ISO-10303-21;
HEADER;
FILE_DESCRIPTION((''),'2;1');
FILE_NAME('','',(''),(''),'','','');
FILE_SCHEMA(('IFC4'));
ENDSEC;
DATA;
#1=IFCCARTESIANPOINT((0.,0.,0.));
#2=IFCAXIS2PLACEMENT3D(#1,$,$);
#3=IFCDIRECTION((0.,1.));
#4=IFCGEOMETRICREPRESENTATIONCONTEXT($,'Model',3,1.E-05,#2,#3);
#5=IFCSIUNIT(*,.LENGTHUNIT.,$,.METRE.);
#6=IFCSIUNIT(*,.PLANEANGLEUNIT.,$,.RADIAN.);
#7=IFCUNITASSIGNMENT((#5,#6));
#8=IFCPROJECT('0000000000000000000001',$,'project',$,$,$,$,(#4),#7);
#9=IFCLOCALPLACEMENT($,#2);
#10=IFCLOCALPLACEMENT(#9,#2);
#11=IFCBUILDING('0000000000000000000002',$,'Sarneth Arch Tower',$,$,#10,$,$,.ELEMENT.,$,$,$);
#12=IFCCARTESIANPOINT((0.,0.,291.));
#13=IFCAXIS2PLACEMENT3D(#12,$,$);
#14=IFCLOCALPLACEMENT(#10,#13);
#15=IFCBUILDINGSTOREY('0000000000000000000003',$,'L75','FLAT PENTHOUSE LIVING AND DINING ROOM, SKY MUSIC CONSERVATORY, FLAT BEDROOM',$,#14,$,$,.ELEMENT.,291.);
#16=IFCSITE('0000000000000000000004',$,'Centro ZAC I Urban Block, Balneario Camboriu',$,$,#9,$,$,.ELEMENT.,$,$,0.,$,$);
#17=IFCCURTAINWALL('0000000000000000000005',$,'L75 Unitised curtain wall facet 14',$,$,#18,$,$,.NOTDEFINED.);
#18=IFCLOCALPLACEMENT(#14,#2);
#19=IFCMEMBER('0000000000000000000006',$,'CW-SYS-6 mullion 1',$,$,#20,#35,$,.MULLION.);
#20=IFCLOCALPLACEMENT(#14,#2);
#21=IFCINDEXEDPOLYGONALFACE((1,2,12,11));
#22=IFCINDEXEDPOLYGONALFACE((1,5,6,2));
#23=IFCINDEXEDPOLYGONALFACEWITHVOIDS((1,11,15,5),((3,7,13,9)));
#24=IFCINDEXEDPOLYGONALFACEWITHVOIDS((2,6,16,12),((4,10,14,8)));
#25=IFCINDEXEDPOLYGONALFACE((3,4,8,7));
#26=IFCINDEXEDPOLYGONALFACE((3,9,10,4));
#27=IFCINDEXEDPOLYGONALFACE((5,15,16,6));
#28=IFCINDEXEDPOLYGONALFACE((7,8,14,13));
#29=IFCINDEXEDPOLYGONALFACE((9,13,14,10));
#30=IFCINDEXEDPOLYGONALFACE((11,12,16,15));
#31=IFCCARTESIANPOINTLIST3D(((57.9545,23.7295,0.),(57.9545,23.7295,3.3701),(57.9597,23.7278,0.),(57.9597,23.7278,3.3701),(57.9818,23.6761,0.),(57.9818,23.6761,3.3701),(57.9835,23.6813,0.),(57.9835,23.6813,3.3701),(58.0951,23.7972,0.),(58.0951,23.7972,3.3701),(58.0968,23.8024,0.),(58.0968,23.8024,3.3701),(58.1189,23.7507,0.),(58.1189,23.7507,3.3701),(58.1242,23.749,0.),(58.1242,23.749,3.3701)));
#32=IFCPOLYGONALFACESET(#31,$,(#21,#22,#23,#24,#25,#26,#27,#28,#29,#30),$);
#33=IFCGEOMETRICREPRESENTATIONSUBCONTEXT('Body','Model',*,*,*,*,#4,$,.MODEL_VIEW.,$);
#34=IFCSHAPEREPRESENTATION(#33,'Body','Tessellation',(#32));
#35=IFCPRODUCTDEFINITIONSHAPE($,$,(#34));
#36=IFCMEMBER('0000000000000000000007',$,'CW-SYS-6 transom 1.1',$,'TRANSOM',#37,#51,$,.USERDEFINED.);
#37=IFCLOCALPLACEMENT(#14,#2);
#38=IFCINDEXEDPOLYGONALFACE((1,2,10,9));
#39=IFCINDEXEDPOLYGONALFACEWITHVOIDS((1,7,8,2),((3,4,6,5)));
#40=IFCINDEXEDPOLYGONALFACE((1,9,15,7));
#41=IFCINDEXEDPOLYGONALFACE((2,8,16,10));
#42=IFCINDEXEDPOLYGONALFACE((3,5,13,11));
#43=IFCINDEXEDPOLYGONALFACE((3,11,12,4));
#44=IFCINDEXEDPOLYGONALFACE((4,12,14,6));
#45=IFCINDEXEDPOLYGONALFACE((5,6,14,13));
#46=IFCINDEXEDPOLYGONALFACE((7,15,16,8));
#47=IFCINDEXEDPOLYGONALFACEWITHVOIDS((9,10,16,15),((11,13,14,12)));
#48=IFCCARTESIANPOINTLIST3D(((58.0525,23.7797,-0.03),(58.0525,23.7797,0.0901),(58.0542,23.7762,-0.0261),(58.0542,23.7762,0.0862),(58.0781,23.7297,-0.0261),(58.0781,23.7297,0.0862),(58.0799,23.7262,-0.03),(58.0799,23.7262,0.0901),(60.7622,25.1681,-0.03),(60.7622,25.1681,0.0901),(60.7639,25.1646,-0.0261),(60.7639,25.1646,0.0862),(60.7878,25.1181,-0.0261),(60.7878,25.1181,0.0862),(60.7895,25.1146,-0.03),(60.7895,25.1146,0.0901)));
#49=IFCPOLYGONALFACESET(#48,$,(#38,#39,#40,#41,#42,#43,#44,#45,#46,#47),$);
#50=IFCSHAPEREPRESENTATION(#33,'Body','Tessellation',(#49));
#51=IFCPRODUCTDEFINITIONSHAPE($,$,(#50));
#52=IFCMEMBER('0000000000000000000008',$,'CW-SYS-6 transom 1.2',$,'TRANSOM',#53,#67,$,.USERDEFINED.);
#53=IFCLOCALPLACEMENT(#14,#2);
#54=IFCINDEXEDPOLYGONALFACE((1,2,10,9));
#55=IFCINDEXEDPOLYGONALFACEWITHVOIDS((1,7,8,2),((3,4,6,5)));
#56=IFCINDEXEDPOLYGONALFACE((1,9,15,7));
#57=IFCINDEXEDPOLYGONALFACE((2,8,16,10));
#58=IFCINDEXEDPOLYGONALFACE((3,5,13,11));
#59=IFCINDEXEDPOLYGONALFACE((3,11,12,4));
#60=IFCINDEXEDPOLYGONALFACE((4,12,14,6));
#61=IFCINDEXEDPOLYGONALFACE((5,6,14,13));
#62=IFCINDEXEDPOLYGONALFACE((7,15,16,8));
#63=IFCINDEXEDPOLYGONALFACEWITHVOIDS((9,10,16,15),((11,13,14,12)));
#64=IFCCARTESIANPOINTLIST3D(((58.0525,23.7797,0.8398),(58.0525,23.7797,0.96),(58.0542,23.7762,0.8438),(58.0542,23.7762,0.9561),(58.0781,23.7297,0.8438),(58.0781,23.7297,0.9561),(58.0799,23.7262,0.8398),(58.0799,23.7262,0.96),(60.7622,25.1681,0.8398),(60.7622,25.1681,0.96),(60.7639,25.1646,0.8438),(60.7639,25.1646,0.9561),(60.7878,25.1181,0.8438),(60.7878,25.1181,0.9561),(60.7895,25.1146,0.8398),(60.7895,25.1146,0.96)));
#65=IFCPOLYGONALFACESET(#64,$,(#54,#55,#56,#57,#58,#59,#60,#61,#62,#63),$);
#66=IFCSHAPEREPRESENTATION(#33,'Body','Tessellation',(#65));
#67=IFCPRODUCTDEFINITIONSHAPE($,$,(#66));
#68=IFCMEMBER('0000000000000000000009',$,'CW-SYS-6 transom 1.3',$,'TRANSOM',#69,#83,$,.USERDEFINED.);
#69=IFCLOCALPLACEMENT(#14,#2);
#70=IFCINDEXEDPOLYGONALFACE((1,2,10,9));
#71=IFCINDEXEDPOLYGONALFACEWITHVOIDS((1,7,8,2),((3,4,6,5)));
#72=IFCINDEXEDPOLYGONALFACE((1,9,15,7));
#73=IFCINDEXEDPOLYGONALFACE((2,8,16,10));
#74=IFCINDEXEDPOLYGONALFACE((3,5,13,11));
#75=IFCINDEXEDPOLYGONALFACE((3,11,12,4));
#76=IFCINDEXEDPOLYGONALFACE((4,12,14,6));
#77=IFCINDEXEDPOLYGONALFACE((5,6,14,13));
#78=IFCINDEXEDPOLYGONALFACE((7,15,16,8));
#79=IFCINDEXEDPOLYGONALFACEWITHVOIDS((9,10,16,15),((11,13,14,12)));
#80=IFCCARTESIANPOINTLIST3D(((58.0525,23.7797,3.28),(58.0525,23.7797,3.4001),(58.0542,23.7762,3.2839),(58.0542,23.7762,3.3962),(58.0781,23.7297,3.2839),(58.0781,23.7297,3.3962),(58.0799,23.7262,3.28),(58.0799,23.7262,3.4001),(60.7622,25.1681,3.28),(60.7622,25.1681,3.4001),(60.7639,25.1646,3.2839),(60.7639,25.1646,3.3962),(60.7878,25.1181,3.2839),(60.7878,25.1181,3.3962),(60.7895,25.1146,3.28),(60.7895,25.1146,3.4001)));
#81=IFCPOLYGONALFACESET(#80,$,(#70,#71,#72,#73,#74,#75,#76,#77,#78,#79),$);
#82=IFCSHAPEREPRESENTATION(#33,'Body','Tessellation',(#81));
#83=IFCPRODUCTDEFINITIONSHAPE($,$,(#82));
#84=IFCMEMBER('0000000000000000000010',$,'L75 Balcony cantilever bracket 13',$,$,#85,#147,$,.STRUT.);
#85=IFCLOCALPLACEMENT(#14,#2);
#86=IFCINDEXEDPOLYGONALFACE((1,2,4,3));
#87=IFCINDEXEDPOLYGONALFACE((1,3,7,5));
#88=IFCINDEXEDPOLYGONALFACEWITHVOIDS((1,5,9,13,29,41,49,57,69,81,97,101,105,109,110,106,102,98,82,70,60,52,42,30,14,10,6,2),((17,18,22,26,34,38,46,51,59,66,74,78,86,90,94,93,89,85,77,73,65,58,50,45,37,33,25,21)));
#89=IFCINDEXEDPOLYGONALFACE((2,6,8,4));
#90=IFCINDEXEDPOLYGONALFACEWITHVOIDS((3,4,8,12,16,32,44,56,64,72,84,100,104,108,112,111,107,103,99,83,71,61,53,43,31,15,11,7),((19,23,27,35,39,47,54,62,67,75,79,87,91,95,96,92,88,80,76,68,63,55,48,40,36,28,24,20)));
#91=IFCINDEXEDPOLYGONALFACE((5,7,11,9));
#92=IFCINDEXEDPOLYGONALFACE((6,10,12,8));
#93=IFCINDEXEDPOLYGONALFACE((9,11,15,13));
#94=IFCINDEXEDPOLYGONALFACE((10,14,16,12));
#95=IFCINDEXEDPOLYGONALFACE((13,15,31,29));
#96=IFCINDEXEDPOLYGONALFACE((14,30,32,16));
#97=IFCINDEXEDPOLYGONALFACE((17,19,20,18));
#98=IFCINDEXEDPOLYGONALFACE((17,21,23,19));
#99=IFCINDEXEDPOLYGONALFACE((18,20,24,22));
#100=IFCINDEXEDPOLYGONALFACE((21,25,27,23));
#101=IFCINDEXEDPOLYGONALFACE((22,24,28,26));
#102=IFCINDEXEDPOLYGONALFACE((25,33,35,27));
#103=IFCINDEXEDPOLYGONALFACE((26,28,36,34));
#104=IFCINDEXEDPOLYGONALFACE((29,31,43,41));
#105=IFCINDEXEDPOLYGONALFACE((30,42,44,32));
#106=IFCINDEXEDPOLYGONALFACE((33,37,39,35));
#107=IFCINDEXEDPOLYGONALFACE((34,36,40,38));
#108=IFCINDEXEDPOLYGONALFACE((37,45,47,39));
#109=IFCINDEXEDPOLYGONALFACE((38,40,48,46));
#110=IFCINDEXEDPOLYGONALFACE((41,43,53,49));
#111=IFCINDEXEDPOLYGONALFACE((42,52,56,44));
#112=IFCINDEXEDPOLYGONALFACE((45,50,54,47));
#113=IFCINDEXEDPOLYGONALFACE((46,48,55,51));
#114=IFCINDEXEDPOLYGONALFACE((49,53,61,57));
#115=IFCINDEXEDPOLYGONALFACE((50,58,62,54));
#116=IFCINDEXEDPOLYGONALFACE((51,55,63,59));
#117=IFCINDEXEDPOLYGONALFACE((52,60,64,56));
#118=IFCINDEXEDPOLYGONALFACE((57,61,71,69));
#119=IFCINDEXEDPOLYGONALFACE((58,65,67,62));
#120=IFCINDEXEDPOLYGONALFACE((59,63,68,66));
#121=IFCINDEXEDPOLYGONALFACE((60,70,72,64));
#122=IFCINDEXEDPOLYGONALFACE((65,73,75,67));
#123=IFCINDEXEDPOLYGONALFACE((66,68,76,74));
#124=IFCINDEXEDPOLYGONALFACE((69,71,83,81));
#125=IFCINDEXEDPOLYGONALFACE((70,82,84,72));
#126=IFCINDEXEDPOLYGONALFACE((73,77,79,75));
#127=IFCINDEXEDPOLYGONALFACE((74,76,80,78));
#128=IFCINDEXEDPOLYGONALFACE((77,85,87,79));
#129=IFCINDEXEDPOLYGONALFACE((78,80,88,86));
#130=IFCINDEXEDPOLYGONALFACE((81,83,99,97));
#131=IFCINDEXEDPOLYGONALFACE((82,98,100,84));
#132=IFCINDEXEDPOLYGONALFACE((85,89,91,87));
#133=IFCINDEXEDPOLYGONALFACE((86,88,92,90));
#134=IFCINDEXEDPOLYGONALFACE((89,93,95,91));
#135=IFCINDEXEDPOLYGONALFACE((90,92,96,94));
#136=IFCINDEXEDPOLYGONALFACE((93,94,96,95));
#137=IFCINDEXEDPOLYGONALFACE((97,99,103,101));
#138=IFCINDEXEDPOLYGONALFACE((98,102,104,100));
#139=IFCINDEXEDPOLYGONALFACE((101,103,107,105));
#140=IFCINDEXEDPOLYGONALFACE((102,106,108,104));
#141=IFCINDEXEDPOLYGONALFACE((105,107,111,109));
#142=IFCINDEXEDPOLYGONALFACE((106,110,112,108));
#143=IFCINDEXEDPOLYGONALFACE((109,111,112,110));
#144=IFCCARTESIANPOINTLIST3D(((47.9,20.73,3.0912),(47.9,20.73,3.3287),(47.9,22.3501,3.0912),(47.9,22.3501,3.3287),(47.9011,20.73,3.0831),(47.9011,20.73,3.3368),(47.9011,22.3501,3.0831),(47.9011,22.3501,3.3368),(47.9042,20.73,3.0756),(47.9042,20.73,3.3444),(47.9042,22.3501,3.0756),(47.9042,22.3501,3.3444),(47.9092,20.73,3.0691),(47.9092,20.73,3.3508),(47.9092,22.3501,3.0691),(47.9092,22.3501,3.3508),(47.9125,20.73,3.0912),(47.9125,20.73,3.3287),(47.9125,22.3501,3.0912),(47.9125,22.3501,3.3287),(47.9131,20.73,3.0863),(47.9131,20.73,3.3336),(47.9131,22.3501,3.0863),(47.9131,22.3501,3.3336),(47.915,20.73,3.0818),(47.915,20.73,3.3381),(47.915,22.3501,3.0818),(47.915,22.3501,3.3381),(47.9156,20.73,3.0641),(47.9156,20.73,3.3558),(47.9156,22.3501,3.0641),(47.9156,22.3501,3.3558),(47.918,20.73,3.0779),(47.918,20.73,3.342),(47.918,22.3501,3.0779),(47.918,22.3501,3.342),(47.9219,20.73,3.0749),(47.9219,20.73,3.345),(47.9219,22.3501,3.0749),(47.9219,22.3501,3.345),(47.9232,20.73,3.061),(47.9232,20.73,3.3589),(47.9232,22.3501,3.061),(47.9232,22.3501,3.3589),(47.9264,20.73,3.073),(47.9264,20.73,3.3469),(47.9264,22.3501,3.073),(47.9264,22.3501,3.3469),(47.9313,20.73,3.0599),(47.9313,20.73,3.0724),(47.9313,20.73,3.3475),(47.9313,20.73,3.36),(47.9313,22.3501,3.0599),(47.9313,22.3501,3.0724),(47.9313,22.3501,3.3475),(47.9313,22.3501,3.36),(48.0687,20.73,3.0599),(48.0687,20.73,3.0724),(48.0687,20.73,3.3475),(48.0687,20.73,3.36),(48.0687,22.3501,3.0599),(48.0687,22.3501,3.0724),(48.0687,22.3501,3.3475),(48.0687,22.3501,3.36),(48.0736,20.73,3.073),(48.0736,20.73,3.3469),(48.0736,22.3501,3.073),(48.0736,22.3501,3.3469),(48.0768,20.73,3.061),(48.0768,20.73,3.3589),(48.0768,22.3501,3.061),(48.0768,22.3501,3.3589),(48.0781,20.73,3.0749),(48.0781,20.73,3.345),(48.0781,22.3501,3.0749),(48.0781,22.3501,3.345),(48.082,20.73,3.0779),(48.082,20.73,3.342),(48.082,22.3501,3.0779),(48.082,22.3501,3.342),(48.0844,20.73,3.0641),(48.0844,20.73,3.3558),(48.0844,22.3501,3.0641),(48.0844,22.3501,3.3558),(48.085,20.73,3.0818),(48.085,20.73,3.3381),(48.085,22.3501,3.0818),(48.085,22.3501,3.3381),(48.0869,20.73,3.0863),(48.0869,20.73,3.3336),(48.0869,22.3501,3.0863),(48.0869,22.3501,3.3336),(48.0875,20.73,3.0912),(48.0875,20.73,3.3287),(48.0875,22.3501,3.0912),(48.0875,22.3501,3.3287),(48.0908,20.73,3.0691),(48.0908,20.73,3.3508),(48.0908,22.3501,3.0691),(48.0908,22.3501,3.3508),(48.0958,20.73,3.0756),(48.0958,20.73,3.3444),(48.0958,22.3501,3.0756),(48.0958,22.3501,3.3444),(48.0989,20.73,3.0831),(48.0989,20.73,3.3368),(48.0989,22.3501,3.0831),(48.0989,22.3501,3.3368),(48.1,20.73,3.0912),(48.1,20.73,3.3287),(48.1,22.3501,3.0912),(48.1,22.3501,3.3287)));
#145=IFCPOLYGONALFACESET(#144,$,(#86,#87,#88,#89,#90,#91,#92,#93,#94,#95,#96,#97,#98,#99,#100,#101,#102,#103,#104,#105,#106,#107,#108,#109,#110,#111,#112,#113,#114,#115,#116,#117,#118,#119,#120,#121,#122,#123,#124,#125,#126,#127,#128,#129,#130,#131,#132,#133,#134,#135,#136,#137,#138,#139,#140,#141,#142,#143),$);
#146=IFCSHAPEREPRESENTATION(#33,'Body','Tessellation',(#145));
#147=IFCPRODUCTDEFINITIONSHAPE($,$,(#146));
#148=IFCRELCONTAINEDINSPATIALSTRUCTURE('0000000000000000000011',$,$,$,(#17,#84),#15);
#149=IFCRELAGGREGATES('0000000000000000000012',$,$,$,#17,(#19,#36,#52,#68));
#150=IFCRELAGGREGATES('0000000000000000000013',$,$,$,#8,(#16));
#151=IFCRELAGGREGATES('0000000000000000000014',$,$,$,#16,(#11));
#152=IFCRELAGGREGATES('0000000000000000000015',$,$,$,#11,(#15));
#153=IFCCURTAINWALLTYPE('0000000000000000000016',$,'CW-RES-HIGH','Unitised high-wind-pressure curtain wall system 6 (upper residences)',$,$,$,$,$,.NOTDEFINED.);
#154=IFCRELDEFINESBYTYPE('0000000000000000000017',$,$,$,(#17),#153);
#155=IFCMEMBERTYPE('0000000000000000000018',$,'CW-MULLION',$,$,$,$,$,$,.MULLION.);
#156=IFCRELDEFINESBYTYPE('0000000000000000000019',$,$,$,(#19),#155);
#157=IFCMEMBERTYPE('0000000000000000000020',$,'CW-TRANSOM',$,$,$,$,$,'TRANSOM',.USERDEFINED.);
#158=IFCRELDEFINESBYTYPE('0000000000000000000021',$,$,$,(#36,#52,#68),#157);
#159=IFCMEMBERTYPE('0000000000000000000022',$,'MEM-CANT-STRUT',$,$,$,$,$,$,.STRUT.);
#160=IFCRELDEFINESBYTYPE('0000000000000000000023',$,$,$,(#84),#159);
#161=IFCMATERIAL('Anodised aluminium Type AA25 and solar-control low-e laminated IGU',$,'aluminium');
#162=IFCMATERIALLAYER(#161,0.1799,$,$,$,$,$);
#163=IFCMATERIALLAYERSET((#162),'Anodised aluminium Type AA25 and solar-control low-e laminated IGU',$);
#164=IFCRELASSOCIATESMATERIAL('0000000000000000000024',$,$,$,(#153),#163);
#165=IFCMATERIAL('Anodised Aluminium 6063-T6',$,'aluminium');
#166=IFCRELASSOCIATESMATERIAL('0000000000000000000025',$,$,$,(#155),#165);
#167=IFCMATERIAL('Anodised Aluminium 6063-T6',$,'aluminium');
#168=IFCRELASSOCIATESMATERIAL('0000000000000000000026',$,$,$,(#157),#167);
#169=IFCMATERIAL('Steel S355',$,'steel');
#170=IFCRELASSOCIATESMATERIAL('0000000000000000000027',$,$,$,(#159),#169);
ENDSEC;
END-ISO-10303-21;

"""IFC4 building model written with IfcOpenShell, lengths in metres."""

from ifc_helpers import new_model, si_unit, direction, frame, origin, origin_2d, place, context, subcontext, project, spatial, hollow_rectangle, extrude, material, layer, layer_set, material_profile, profile_set, type_object, element, aggregate, save


model = new_model("IFC4")

# Units and contexts
model_context = context("Model", 3, precision=1e-05, world=origin(), true_north=direction((0.0, 1.0)))
body_context = subcontext(model_context, "Body", "Model", "MODEL_VIEW")
ifc_project = project(units=[si_unit("LENGTHUNIT", "METRE"), si_unit("PLANEANGLEUNIT", "RADIAN")], contexts=[model_context])

# Site, building, storey
site_placement = place(None, origin())
site = spatial("IfcSite", under=ifc_project, at=site_placement, Name="Centro ZAC I Urban Block, Balneario Camboriu", CompositionType="ELEMENT", RefElevation=0.0)
building_placement = place(site_placement, origin())
building = spatial("IfcBuilding", under=site, at=building_placement, Name="Sarneth Arch Tower", CompositionType="ELEMENT")
storey_placement = place(building_placement, frame((0.0, 0.0, 291.0)))
storey = spatial("IfcBuildingStorey", under=building, at=storey_placement, Name="L75", Description="FLAT PENTHOUSE LIVING AND DINING ROOM, SKY MUSIC CONSERVATORY, FLAT BEDROOM", CompositionType="ELEMENT", Elevation=291.0)

# Curtain wall, members
ifc_material_1 = material(Name="Anodised aluminium Type AA25 and solar-control low-e laminated IGU", Category="aluminium")
ifc_layer_1 = layer(ifc_material_1, 0.1799)
ifc_layer_set_1 = layer_set([ifc_layer_1], Name="Anodised aluminium Type AA25 and solar-control low-e laminated IGU")
curtain_wall_type = type_object("IfcCurtainWallType", Name="CW-RES-HIGH", Description="Unitised high-wind-pressure curtain wall system 6 (upper residences)", PredefinedType="NOTDEFINED", material=ifc_layer_set_1)
curtain_wall_placement = place(storey_placement, origin())
curtain_wall = element("IfcCurtainWall", 1, at=curtain_wall_placement, inside=storey, type_object=curtain_wall_type, Name="L75 Unitised curtain wall facet 14", PredefinedType="NOTDEFINED")
ifc_material_2 = material(Name="Anodised Aluminium 6063-T6", Category="aluminium")
ifc_material_profile_1 = material_profile(ifc_material_2, hollow_rectangle(XDim=0.0601, YDim=0.1599, WallThickness=0.0039, at=origin_2d()), Name="AL-MULL-160x60x4")
ifc_profile_set_1 = profile_set([ifc_material_profile_1], Name="Anodised Aluminium 6063-T6")
member_type_1 = type_object("IfcMemberType", Name="CW-MULLION", PredefinedType="MULLION", material=ifc_profile_set_1)
member_1_placement = place(storey_placement, frame((58.0393, 23.7393, 0.0), z_axis=(0.0, 0.0, 1.0), x_axis=(-0.455942, 0.89001, 0.0)))
member_1 = element("IfcMember", 2, at=member_1_placement, type_object=member_type_1, Name="CW-SYS-6 mullion 1", PredefinedType="MULLION", context=body_context, shape_type="SweptSolid", body=[
    extrude(hollow_rectangle(XDim=0.0601, YDim=0.1599, WallThickness=0.0039, at=origin_2d()), origin(), (0.0, 0.0, 1.0), 3.3701),
])
ifc_material_3 = material(Name="Anodised Aluminium 6063-T6", Category="aluminium")
ifc_material_profile_2 = material_profile(ifc_material_3, hollow_rectangle(XDim=0.0601, YDim=0.1201, WallThickness=0.0039, at=origin_2d()), Name="AL-TRAN-120x60x4")
ifc_profile_set_2 = profile_set([ifc_material_profile_2], Name="Anodised Aluminium 6063-T6")
member_type_2 = type_object("IfcMemberType", Name="CW-TRANSOM", ElementType="TRANSOM", PredefinedType="USERDEFINED", material=ifc_profile_set_2)
member_2_placement = place(storey_placement, frame((58.0662, 23.7529, 0.03), z_axis=(0.889974, 0.456012, 0.0), x_axis=(-0.456012, 0.889974, 0.0)))
member_2 = element("IfcMember", 3, at=member_2_placement, type_object=member_type_2, Name="CW-SYS-6 transom 1.1", ObjectType="TRANSOM", PredefinedType="USERDEFINED", context=body_context, shape_type="SweptSolid", body=[
    extrude(hollow_rectangle(XDim=0.0601, YDim=0.1201, WallThickness=0.0039, at=origin_2d()), origin(), (0.0, 0.0, 1.0), 3.0447),
])
member_3_placement = place(storey_placement, frame((58.0662, 23.7529, 0.8999), z_axis=(0.889974, 0.456012, 0.0), x_axis=(-0.456012, 0.889974, 0.0)))
member_3 = element("IfcMember", 4, at=member_3_placement, type_object=member_type_2, Name="CW-SYS-6 transom 1.2", ObjectType="TRANSOM", PredefinedType="USERDEFINED", context=body_context, shape_type="SweptSolid", body=[
    extrude(hollow_rectangle(XDim=0.0601, YDim=0.1201, WallThickness=0.0039, at=origin_2d()), origin(), (0.0, 0.0, 1.0), 3.0447),
])
member_4_placement = place(storey_placement, frame((58.0662, 23.7529, 3.3401), z_axis=(0.889974, 0.456012, 0.0), x_axis=(-0.456012, 0.889974, 0.0)))
member_4 = element("IfcMember", 5, at=member_4_placement, type_object=member_type_2, Name="CW-SYS-6 transom 1.3", ObjectType="TRANSOM", PredefinedType="USERDEFINED", context=body_context, shape_type="SweptSolid", body=[
    extrude(hollow_rectangle(XDim=0.0601, YDim=0.1201, WallThickness=0.0039, at=origin_2d()), origin(), (0.0, 0.0, 1.0), 3.0447),
])
aggregate(curtain_wall, [member_1, member_2, member_3, member_4])

# Member
ifc_material_4 = material(Name="Steel S355", Category="steel")
ifc_material_profile_3 = material_profile(ifc_material_4, hollow_rectangle(XDim=0.2, YDim=0.3, WallThickness=0.0125, InnerFilletRadius=0.0188, OuterFilletRadius=0.0312, at=origin_2d()), Name="RHS300x200x12.5")
ifc_profile_set_3 = profile_set([ifc_material_profile_3], Name="Steel S355")
member_type_3 = type_object("IfcMemberType", Name="MEM-CANT-STRUT", PredefinedType="STRUT", material=ifc_profile_set_3)
member_5_placement = place(storey_placement, frame((48.0, 22.3501, 3.21), z_axis=(0.0, -1.0, 0.0), x_axis=(1.0, 0.0, 0.0)))
element("IfcMember", 6, at=member_5_placement, inside=storey, type_object=member_type_3, Name="L75 Balcony cantilever bracket 13", PredefinedType="STRUT", context=body_context, shape_type="SweptSolid", body=[
    extrude(hollow_rectangle(XDim=0.2, YDim=0.3, WallThickness=0.0125, InnerFilletRadius=0.0188, OuterFilletRadius=0.0312, at=origin_2d()), origin(), (0.0, 0.0, 1.0), 1.6201),
])

save(model, "model.ifc")
